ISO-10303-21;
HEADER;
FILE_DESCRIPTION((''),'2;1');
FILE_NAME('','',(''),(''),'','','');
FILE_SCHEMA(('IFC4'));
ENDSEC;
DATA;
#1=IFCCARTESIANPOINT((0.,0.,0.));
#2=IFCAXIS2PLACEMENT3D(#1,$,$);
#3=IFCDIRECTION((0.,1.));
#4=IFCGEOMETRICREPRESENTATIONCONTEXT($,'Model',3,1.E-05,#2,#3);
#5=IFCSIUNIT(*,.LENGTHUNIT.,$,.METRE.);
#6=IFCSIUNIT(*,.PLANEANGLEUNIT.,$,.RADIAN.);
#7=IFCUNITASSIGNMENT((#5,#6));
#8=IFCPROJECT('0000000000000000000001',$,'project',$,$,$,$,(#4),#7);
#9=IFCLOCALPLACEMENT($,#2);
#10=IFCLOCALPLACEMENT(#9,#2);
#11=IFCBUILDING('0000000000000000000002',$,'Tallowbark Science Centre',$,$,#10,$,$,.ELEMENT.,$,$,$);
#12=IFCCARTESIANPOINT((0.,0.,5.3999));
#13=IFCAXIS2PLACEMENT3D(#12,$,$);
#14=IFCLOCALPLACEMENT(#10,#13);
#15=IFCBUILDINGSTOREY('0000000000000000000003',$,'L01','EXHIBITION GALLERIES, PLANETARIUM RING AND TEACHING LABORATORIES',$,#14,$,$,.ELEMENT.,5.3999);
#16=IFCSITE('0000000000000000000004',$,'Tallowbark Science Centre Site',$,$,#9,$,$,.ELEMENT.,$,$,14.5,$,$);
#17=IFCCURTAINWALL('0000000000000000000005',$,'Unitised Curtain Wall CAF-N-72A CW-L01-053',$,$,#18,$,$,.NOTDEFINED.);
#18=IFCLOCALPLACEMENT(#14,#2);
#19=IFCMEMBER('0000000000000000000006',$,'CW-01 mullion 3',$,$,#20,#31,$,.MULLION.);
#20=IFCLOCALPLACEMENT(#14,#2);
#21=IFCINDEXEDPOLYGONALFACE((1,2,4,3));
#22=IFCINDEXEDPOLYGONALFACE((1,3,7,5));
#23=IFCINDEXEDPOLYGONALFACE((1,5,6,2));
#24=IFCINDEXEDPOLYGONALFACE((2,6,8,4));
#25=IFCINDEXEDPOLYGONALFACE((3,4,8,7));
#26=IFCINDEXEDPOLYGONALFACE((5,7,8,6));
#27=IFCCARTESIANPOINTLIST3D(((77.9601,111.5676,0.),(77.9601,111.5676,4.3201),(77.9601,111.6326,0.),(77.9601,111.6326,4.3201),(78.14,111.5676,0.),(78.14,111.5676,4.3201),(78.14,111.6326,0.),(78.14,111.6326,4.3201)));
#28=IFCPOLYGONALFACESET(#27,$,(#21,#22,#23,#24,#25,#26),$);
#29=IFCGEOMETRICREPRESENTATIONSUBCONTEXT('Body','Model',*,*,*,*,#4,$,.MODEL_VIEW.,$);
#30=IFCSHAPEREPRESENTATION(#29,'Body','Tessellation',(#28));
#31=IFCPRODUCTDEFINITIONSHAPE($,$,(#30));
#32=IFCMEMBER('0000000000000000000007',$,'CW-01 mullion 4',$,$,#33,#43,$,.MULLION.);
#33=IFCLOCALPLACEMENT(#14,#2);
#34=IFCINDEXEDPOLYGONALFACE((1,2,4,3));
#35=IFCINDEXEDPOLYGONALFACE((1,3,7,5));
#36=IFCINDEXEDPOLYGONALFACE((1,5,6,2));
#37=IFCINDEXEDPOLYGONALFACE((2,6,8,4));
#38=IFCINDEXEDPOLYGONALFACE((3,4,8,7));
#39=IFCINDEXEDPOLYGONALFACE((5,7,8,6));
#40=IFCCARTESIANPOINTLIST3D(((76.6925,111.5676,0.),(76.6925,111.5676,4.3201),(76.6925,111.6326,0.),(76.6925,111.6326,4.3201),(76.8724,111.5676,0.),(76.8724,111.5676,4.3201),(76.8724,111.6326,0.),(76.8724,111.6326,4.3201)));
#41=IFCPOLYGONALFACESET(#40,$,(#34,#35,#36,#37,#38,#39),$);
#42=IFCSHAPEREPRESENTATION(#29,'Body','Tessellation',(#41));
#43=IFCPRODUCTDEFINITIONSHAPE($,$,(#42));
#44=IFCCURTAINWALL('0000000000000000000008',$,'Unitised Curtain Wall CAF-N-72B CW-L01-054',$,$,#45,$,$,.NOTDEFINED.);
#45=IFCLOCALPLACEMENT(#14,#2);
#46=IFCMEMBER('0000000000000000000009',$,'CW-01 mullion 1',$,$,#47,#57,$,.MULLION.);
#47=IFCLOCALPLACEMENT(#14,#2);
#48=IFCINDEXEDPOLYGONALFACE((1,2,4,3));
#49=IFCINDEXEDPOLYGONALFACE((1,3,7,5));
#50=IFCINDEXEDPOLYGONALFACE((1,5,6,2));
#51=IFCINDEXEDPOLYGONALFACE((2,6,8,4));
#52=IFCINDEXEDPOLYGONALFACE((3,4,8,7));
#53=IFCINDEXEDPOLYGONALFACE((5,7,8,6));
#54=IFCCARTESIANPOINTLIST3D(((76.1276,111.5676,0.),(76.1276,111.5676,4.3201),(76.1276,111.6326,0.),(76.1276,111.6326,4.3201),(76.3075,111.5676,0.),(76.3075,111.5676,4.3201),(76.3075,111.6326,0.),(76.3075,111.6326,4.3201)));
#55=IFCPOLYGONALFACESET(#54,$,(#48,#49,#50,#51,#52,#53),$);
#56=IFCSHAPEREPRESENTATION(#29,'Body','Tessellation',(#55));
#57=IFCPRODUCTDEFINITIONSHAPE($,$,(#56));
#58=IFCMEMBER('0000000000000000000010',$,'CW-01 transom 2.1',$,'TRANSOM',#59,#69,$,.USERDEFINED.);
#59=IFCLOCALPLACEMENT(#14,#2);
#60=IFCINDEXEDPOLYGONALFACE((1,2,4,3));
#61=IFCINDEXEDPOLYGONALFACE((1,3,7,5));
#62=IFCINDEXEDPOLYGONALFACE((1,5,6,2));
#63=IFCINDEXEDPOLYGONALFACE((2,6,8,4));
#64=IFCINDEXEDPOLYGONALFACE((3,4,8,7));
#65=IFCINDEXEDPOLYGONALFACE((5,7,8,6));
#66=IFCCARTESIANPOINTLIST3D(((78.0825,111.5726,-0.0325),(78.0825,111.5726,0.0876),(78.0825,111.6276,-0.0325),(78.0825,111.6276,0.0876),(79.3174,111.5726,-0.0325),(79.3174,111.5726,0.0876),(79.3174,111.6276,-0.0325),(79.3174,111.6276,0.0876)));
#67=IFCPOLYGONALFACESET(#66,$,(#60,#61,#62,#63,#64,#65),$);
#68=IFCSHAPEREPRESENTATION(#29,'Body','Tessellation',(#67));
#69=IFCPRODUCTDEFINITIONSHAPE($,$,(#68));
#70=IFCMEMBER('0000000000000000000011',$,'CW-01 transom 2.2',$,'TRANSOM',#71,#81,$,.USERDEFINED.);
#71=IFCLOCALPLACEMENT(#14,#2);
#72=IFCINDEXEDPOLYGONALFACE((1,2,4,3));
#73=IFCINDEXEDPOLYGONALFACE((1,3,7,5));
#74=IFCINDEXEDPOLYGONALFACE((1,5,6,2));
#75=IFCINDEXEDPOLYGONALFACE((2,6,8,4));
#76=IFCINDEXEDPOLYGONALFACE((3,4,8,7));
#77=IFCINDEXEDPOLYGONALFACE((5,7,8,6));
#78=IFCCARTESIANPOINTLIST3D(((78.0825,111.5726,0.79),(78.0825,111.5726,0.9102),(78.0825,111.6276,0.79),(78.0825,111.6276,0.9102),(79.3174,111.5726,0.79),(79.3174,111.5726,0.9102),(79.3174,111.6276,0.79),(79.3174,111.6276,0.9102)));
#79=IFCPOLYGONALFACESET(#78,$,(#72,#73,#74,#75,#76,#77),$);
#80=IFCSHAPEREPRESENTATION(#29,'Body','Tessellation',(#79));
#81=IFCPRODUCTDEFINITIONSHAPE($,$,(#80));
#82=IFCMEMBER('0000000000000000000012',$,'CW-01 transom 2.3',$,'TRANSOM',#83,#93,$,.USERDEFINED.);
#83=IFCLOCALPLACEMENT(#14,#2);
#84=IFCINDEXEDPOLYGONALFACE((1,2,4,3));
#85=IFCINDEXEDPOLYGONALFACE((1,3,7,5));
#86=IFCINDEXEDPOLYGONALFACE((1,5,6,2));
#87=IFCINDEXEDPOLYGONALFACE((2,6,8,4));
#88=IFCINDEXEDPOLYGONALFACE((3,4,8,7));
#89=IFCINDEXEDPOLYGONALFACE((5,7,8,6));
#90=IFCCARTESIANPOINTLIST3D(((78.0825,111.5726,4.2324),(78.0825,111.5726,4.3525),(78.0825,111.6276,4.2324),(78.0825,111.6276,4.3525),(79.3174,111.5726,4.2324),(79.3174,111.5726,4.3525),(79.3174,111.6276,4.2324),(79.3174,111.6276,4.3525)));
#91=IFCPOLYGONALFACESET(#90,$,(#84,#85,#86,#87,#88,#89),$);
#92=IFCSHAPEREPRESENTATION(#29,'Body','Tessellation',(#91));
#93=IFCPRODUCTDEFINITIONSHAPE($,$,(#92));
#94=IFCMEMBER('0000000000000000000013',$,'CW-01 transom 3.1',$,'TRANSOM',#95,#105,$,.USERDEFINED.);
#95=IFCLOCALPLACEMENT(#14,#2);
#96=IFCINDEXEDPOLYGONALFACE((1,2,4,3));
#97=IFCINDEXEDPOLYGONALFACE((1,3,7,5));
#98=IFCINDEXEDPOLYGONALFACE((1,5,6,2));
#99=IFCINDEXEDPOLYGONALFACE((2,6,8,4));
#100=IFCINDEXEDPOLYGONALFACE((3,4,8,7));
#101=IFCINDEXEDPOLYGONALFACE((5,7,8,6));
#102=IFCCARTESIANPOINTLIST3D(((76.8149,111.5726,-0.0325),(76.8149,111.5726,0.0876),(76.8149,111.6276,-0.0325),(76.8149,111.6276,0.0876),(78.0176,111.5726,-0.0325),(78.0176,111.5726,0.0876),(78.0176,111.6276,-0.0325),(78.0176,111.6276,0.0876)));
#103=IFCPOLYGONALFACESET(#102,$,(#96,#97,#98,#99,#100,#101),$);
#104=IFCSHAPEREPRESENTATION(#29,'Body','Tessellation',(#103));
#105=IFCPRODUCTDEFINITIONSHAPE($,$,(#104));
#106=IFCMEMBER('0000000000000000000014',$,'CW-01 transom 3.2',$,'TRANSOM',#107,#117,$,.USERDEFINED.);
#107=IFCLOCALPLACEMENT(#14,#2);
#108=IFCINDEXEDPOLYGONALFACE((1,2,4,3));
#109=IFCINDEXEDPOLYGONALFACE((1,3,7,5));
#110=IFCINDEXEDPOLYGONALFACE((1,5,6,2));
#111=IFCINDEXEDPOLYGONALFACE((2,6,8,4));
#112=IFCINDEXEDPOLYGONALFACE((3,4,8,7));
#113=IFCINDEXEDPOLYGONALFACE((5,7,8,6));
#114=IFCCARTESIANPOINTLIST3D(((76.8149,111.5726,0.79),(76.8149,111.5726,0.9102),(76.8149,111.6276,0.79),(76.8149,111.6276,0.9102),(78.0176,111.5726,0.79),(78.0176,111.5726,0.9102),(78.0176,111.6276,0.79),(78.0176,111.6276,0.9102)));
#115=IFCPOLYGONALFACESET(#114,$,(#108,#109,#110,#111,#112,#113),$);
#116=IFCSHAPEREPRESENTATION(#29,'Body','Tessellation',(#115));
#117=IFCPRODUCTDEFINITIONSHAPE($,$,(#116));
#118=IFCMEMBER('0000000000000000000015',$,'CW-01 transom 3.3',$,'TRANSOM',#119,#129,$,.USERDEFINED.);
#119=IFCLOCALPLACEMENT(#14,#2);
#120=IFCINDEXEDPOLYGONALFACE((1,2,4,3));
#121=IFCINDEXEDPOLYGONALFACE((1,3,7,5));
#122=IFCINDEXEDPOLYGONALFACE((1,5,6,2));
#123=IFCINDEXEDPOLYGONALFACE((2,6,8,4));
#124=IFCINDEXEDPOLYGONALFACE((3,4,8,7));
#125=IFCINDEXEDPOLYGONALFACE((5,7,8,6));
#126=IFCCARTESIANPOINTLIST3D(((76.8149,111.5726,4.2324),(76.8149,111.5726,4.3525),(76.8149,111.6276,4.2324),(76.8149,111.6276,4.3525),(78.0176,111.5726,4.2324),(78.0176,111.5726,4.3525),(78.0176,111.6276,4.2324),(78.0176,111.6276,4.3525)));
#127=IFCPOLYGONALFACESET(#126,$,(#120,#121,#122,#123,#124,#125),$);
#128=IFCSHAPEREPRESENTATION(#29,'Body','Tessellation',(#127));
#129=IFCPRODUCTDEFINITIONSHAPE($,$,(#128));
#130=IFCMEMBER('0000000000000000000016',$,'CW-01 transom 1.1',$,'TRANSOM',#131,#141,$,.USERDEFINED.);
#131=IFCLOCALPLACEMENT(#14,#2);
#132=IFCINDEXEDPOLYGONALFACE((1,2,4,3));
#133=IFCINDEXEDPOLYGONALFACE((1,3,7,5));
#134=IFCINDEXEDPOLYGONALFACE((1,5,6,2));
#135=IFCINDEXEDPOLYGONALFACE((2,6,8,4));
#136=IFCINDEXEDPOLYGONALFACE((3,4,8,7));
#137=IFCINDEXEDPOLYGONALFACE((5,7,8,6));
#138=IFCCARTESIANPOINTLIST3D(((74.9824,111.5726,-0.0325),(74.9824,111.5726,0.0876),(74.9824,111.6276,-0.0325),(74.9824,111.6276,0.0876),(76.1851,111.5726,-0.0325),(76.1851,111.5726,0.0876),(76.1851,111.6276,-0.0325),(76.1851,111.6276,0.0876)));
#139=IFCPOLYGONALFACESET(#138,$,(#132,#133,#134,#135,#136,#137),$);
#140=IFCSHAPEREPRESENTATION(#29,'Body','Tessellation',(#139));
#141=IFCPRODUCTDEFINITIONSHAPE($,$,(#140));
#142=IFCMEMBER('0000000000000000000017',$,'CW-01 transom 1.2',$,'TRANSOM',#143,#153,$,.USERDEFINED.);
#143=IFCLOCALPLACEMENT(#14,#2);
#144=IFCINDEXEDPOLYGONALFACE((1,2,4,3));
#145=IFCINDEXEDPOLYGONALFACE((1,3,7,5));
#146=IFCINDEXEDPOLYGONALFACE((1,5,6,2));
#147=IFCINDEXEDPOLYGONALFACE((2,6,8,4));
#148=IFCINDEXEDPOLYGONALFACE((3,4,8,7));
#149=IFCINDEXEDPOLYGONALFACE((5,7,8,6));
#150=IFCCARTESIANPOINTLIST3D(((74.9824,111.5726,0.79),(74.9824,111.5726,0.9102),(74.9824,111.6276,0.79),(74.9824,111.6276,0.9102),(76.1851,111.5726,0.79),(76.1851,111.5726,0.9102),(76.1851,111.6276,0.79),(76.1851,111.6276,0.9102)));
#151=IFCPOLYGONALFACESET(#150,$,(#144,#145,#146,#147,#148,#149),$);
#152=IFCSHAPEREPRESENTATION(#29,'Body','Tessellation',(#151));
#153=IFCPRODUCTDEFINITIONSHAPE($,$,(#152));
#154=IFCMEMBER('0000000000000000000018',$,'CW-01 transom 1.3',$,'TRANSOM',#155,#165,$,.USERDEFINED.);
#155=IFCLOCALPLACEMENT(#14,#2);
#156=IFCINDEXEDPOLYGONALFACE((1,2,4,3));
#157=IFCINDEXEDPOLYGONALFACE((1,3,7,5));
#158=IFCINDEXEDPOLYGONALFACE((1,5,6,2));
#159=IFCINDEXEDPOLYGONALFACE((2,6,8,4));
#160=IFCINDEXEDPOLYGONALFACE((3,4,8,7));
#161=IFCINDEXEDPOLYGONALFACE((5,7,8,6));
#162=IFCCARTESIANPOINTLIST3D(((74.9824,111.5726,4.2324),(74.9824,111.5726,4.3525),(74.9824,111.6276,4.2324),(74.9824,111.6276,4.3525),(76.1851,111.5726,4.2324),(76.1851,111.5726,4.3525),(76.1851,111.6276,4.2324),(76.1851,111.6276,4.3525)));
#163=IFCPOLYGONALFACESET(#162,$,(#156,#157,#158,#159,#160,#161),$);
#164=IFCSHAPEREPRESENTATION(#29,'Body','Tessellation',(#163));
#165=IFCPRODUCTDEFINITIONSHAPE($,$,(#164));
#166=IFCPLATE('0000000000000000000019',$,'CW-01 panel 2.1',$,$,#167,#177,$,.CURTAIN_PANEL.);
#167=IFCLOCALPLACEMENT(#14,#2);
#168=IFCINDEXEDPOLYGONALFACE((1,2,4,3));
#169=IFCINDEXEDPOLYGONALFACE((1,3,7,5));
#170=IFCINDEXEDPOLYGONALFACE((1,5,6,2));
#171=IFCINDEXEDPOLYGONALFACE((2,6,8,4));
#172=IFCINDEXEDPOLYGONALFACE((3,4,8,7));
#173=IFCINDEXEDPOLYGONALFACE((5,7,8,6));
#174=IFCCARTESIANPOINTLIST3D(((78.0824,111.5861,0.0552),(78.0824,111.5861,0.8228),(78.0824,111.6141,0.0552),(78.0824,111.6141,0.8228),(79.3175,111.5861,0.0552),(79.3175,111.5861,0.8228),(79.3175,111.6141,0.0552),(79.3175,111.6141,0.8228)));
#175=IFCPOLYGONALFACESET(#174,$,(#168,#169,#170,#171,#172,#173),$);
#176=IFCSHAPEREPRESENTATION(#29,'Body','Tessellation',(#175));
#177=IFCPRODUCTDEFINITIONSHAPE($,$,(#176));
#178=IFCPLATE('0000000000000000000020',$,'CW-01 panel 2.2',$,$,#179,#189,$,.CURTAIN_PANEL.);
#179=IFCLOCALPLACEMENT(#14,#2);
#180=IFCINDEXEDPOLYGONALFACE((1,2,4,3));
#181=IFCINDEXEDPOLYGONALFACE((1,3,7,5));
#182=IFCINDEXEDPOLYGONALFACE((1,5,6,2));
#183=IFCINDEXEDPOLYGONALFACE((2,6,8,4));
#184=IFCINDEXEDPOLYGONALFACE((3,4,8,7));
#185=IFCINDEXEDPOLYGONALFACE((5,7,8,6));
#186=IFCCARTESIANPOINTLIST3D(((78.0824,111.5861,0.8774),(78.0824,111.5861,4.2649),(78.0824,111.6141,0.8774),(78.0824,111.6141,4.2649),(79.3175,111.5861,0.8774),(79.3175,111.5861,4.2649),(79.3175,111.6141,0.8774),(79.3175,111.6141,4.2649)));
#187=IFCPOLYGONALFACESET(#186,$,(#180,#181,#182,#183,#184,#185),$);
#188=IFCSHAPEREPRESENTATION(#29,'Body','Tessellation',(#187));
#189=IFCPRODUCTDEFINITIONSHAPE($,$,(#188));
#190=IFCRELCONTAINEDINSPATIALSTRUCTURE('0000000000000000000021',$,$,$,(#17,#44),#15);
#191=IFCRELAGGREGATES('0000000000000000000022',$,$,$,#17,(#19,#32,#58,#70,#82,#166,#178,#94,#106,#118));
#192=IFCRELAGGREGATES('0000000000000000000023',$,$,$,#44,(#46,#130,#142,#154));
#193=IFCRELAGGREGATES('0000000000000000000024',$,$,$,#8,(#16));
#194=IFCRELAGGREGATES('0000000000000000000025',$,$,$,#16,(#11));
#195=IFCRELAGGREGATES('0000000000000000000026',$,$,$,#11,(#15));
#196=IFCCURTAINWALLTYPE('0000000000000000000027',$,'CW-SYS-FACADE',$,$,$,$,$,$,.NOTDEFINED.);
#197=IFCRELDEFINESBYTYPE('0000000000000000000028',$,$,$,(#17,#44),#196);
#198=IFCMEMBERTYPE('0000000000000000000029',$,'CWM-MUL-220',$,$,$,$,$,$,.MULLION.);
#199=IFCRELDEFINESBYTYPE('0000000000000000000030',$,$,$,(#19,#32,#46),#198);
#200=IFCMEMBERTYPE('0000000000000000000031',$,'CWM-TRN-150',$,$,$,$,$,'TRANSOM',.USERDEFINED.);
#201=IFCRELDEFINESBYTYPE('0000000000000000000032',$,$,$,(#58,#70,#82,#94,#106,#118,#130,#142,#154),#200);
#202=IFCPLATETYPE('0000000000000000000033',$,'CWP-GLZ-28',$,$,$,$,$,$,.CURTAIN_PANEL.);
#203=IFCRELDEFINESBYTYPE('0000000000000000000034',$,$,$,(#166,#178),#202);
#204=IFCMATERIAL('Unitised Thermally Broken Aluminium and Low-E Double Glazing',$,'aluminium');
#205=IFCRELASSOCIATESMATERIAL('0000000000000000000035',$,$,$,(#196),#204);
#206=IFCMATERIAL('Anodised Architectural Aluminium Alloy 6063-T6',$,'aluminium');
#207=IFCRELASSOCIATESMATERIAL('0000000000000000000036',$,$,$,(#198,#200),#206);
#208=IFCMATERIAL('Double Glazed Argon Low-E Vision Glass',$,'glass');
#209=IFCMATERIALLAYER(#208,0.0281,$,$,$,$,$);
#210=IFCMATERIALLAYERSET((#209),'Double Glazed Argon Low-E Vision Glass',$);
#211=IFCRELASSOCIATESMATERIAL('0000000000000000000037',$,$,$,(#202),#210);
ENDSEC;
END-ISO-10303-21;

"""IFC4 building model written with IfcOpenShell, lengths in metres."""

from ifc_helpers import new_model, si_unit, direction, frame, origin, origin_2d, place, context, subcontext, project, spatial, rectangle, extrude, material, layer, layer_set, material_profile, profile_set, type_object, element, aggregate, save


model = new_model("IFC4")

# Units and contexts
model_context = context("Model", 3, precision=1e-05, world=origin(), true_north=direction((0.0, 1.0)))
body_context = subcontext(model_context, "Body", "Model", "MODEL_VIEW")
ifc_project = project(units=[si_unit("LENGTHUNIT", "METRE"), si_unit("PLANEANGLEUNIT", "RADIAN")], contexts=[model_context])

# Site, building, storey
site_placement = place(None, origin())
site = spatial("IfcSite", under=ifc_project, at=site_placement, Name="Tallowbark Science Centre Site", CompositionType="ELEMENT", RefElevation=14.5)
building_placement = place(site_placement, origin())
building = spatial("IfcBuilding", under=site, at=building_placement, Name="Tallowbark Science Centre", CompositionType="ELEMENT")
storey_placement = place(building_placement, frame((0.0, 0.0, 5.3999)))
storey = spatial("IfcBuildingStorey", under=building, at=storey_placement, Name="L01", Description="EXHIBITION GALLERIES, PLANETARIUM RING AND TEACHING LABORATORIES", CompositionType="ELEMENT", Elevation=5.3999)

# Curtain wall, members
ifc_material_1 = material(Name="Unitised Thermally Broken Aluminium and Low-E Double Glazing", Category="aluminium")
curtain_wall_type = type_object("IfcCurtainWallType", Name="CW-SYS-FACADE", PredefinedType="NOTDEFINED", material=ifc_material_1)
curtain_wall_1_placement = place(storey_placement, origin())
curtain_wall_1 = element("IfcCurtainWall", 1, at=curtain_wall_1_placement, inside=storey, type_object=curtain_wall_type, Name="Unitised Curtain Wall CAF-N-72A CW-L01-053", PredefinedType="NOTDEFINED")
ifc_material_2 = material(Name="Anodised Architectural Aluminium Alloy 6063-T6", Category="aluminium")
ifc_material_profile_1 = material_profile(ifc_material_2, rectangle(XDim=0.0649, YDim=0.1799, at=origin_2d()), Name="ALU65x180")
ifc_profile_set_1 = profile_set([ifc_material_profile_1], Name="Anodised Architectural Aluminium Alloy 6063-T6")
member_type_1 = type_object("IfcMemberType", Name="CWM-MUL-220", PredefinedType="MULLION", material=ifc_profile_set_1)
member_1_placement = place(storey_placement, frame((78.05, 111.6001, 0.0), z_axis=(0.0, 0.0, 1.0), x_axis=(0.0, -1.0, 0.0)))
member_1 = element("IfcMember", 2, at=member_1_placement, type_object=member_type_1, Name="CW-01 mullion 3", PredefinedType="MULLION", context=body_context, shape_type="SweptSolid", body=[
    extrude(rectangle(XDim=0.0649, YDim=0.1799, at=origin_2d()), origin(), (0.0, 0.0, 1.0), 4.3201),
])
member_2_placement = place(storey_placement, frame((76.7825, 111.6001, 0.0), z_axis=(0.0, 0.0, 1.0), x_axis=(0.0, -1.0, 0.0)))
member_2 = element("IfcMember", 3, at=member_2_placement, type_object=member_type_1, Name="CW-01 mullion 4", PredefinedType="MULLION", context=body_context, shape_type="SweptSolid", body=[
    extrude(rectangle(XDim=0.0649, YDim=0.1799, at=origin_2d()), origin(), (0.0, 0.0, 1.0), 4.3201),
])

# Curtain wall, member
curtain_wall_2_placement = place(storey_placement, origin())
curtain_wall_2 = element("IfcCurtainWall", 4, at=curtain_wall_2_placement, inside=storey, type_object=curtain_wall_type, Name="Unitised Curtain Wall CAF-N-72B CW-L01-054", PredefinedType="NOTDEFINED")
member_3_placement = place(storey_placement, frame((76.2175, 111.6001, 0.0), z_axis=(0.0, 0.0, 1.0), x_axis=(0.0, -1.0, 0.0)))
member_3 = element("IfcMember", 5, at=member_3_placement, type_object=member_type_1, Name="CW-01 mullion 1", PredefinedType="MULLION", context=body_context, shape_type="SweptSolid", body=[
    extrude(rectangle(XDim=0.0649, YDim=0.1799, at=origin_2d()), origin(), (0.0, 0.0, 1.0), 4.3201),
])

# Members
ifc_material_profile_2 = material_profile(ifc_material_2, rectangle(XDim=0.0549, YDim=0.1201, at=origin_2d()), Name="ALU55x120")
ifc_profile_set_2 = profile_set([ifc_material_profile_2], Name="Anodised Architectural Aluminium Alloy 6063-T6")
member_type_2 = type_object("IfcMemberType", Name="CWM-TRN-150", ElementType="TRANSOM", PredefinedType="USERDEFINED", material=ifc_profile_set_2)
member_4_placement = place(storey_placement, frame((79.3174, 111.6001, 0.0276), z_axis=(-1.0, 0.0, 0.0), x_axis=(0.0, -1.0, 0.0)))
member_4 = element("IfcMember", 6, at=member_4_placement, type_object=member_type_2, Name="CW-01 transom 2.1", ObjectType="TRANSOM", PredefinedType="USERDEFINED", context=body_context, shape_type="SweptSolid", body=[
    extrude(rectangle(XDim=0.0549, YDim=0.1201, at=origin_2d()), origin(), (0.0, 0.0, 1.0), 1.2349),
])
member_5_placement = place(storey_placement, frame((79.3174, 111.6001, 0.8501), z_axis=(-1.0, 0.0, 0.0), x_axis=(0.0, -1.0, 0.0)))
member_5 = element("IfcMember", 7, at=member_5_placement, type_object=member_type_2, Name="CW-01 transom 2.2", ObjectType="TRANSOM", PredefinedType="USERDEFINED", context=body_context, shape_type="SweptSolid", body=[
    extrude(rectangle(XDim=0.0549, YDim=0.1201, at=origin_2d()), origin(), (0.0, 0.0, 1.0), 1.2349),
])
member_6_placement = place(storey_placement, frame((79.3174, 111.6001, 4.2925), z_axis=(-1.0, 0.0, 0.0), x_axis=(0.0, -1.0, 0.0)))
member_6 = element("IfcMember", 8, at=member_6_placement, type_object=member_type_2, Name="CW-01 transom 2.3", ObjectType="TRANSOM", PredefinedType="USERDEFINED", context=body_context, shape_type="SweptSolid", body=[
    extrude(rectangle(XDim=0.0549, YDim=0.1201, at=origin_2d()), origin(), (0.0, 0.0, 1.0), 1.2349),
])
member_7_placement = place(storey_placement, frame((78.0176, 111.6001, 0.0276), z_axis=(-1.0, 0.0, 0.0), x_axis=(0.0, -1.0, 0.0)))
member_7 = element("IfcMember", 9, at=member_7_placement, type_object=member_type_2, Name="CW-01 transom 3.1", ObjectType="TRANSOM", PredefinedType="USERDEFINED", context=body_context, shape_type="SweptSolid", body=[
    extrude(rectangle(XDim=0.0549, YDim=0.1201, at=origin_2d()), origin(), (0.0, 0.0, 1.0), 1.2026),
])
member_8_placement = place(storey_placement, frame((78.0176, 111.6001, 0.8501), z_axis=(-1.0, 0.0, 0.0), x_axis=(0.0, -1.0, 0.0)))
member_8 = element("IfcMember", 10, at=member_8_placement, type_object=member_type_2, Name="CW-01 transom 3.2", ObjectType="TRANSOM", PredefinedType="USERDEFINED", context=body_context, shape_type="SweptSolid", body=[
    extrude(rectangle(XDim=0.0549, YDim=0.1201, at=origin_2d()), origin(), (0.0, 0.0, 1.0), 1.2026),
])
member_9_placement = place(storey_placement, frame((78.0176, 111.6001, 4.2925), z_axis=(-1.0, 0.0, 0.0), x_axis=(0.0, -1.0, 0.0)))
member_9 = element("IfcMember", 11, at=member_9_placement, type_object=member_type_2, Name="CW-01 transom 3.3", ObjectType="TRANSOM", PredefinedType="USERDEFINED", context=body_context, shape_type="SweptSolid", body=[
    extrude(rectangle(XDim=0.0549, YDim=0.1201, at=origin_2d()), origin(), (0.0, 0.0, 1.0), 1.2026),
])
member_10_placement = place(storey_placement, frame((76.1851, 111.6001, 0.0276), z_axis=(-1.0, 0.0, 0.0), x_axis=(0.0, -1.0, 0.0)))
member_10 = element("IfcMember", 12, at=member_10_placement, type_object=member_type_2, Name="CW-01 transom 1.1", ObjectType="TRANSOM", PredefinedType="USERDEFINED", context=body_context, shape_type="SweptSolid", body=[
    extrude(rectangle(XDim=0.0549, YDim=0.1201, at=origin_2d()), origin(), (0.0, 0.0, 1.0), 1.2026),
])
member_11_placement = place(storey_placement, frame((76.1851, 111.6001, 0.8501), z_axis=(-1.0, 0.0, 0.0), x_axis=(0.0, -1.0, 0.0)))
member_11 = element("IfcMember", 13, at=member_11_placement, type_object=member_type_2, Name="CW-01 transom 1.2", ObjectType="TRANSOM", PredefinedType="USERDEFINED", context=body_context, shape_type="SweptSolid", body=[
    extrude(rectangle(XDim=0.0549, YDim=0.1201, at=origin_2d()), origin(), (0.0, 0.0, 1.0), 1.2026),
])
member_12_placement = place(storey_placement, frame((76.1851, 111.6001, 4.2925), z_axis=(-1.0, 0.0, 0.0), x_axis=(0.0, -1.0, 0.0)))
member_12 = element("IfcMember", 14, at=member_12_placement, type_object=member_type_2, Name="CW-01 transom 1.3", ObjectType="TRANSOM", PredefinedType="USERDEFINED", context=body_context, shape_type="SweptSolid", body=[
    extrude(rectangle(XDim=0.0549, YDim=0.1201, at=origin_2d()), origin(), (0.0, 0.0, 1.0), 1.2026),
])

# Plates
ifc_material_3 = material(Name="Double Glazed Argon Low-E Vision Glass", Category="glass")
ifc_layer_1 = layer(ifc_material_3, 0.0281)
ifc_layer_set_1 = layer_set([ifc_layer_1], Name="Double Glazed Argon Low-E Vision Glass")
plate_type_1 = type_object("IfcPlateType", Name="CWP-GLZ-28", PredefinedType="CURTAIN_PANEL", material=ifc_layer_set_1)
plate_1_placement = place(storey_placement, frame((78.7, 111.6001, 0.0552), z_axis=(0.0, 0.0, 1.0), x_axis=(-1.0, 0.0, 0.0)))
plate_1 = element("IfcPlate", 15, at=plate_1_placement, type_object=plate_type_1, Name="CW-01 panel 2.1", PredefinedType="CURTAIN_PANEL", context=body_context, shape_type="SweptSolid", body=[
    extrude(rectangle(XDim=1.2351, YDim=0.0281, at=origin_2d()), origin(), (0.0, 0.0, 1.0), 0.7676),
])
plate_2_placement = place(storey_placement, frame((78.7, 111.6001, 0.8774), z_axis=(0.0, 0.0, 1.0), x_axis=(-1.0, 0.0, 0.0)))
plate_2 = element("IfcPlate", 16, at=plate_2_placement, type_object=plate_type_1, Name="CW-01 panel 2.2", PredefinedType="CURTAIN_PANEL", context=body_context, shape_type="SweptSolid", body=[
    extrude(rectangle(XDim=1.2351, YDim=0.0281, at=origin_2d()), origin(), (0.0, 0.0, 1.0), 3.3875),
])
aggregate(curtain_wall_1, [member_1, member_2, member_4, member_5, member_6, plate_1, plate_2, member_7, member_8, member_9])
aggregate(curtain_wall_2, [member_3, member_10, member_11, member_12])

save(model, "model.ifc")
